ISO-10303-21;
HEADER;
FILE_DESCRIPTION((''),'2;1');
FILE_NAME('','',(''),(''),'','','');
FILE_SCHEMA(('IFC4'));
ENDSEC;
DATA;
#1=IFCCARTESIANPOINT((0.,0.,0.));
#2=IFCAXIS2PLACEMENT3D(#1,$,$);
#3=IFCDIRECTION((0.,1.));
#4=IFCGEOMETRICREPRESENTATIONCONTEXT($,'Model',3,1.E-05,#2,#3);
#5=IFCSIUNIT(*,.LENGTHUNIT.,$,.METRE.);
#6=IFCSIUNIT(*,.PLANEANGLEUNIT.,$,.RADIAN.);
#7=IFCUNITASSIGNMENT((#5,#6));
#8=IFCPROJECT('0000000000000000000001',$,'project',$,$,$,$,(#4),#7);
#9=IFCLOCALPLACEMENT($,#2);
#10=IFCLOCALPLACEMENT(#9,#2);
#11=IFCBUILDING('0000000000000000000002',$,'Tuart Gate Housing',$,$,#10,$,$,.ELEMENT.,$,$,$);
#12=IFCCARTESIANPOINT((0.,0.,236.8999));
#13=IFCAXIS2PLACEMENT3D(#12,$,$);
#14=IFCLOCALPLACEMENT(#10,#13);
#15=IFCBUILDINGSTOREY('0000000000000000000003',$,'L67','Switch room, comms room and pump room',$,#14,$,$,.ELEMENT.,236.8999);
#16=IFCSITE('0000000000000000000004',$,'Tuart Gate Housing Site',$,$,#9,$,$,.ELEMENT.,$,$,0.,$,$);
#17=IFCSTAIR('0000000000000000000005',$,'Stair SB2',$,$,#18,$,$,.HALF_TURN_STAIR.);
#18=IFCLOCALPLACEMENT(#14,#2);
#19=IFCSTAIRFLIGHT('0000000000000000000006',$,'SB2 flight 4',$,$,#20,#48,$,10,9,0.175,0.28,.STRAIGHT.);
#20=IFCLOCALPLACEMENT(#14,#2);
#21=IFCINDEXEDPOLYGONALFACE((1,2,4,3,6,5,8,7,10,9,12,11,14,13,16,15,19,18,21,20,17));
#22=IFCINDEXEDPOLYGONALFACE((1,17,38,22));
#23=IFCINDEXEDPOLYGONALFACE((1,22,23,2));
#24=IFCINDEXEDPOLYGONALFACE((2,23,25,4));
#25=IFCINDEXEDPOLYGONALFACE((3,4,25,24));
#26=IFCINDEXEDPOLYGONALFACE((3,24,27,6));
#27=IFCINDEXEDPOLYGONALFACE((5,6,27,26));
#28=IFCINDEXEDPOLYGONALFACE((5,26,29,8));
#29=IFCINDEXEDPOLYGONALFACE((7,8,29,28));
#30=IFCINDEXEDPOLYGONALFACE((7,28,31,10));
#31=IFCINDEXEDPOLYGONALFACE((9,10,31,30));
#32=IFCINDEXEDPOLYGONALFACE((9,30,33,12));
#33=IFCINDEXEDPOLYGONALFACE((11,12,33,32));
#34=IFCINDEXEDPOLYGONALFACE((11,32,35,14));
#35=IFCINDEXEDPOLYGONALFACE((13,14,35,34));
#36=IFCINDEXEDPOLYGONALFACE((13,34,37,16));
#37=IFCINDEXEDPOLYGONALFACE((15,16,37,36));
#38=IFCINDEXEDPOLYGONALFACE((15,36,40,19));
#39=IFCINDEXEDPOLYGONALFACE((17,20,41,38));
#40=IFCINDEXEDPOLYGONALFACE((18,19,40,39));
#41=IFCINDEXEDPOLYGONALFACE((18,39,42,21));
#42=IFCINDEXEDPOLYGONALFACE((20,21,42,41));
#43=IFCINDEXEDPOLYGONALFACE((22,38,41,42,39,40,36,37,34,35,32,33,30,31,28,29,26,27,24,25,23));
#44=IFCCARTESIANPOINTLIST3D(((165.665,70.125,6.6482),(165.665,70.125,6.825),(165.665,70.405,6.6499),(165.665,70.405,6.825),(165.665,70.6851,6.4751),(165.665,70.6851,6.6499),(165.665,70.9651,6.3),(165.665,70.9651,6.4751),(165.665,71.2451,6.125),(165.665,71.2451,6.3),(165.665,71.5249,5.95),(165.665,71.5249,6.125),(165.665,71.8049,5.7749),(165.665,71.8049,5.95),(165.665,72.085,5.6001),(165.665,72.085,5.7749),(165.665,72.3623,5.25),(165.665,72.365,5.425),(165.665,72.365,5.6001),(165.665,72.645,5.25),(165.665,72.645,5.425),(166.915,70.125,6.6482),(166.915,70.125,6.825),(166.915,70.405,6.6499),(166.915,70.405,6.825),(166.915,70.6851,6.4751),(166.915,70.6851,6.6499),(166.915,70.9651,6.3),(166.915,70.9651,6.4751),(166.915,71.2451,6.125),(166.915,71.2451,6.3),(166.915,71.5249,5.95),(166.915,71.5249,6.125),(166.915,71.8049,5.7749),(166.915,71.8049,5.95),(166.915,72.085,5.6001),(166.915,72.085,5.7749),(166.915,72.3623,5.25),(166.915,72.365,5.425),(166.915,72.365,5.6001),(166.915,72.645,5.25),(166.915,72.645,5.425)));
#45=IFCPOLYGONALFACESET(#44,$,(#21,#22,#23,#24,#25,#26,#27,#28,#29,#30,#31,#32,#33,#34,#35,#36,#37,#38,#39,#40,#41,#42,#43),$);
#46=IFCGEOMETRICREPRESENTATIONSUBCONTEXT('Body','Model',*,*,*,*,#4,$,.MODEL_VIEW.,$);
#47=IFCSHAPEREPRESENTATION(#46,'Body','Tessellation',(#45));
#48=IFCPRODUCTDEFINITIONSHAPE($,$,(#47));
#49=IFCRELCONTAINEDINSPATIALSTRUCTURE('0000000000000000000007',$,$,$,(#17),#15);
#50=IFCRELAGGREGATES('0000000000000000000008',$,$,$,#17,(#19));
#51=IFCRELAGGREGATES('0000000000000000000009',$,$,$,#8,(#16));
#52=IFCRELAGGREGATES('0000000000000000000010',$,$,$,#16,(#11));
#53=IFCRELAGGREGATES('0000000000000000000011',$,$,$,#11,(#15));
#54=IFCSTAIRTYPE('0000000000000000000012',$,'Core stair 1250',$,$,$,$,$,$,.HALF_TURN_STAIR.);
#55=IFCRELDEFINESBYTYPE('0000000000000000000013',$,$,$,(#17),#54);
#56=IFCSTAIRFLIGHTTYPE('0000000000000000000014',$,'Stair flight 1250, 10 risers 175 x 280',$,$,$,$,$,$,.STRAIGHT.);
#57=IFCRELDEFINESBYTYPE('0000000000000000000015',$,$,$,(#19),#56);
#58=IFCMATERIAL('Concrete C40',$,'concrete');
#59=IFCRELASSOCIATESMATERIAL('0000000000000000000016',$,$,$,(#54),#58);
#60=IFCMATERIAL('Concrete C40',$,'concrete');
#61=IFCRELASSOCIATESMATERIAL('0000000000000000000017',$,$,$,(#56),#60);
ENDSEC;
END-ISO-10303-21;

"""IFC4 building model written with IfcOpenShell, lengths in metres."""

from ifc_helpers import new_model, si_unit, direction, frame, origin, place, context, subcontext, project, spatial, polyline, outline, extrude, material, type_object, element, aggregate, save


model = new_model("IFC4")

# Units and contexts
model_context = context("Model", 3, precision=1e-05, world=origin(), true_north=direction((0.0, 1.0)))
body_context = subcontext(model_context, "Body", "Model", "MODEL_VIEW")
ifc_project = project(units=[si_unit("LENGTHUNIT", "METRE"), si_unit("PLANEANGLEUNIT", "RADIAN")], contexts=[model_context])

# Site, building, storey
site_placement = place(None, origin())
site = spatial("IfcSite", under=ifc_project, at=site_placement, Name="Tuart Gate Housing Site", CompositionType="ELEMENT", RefElevation=0.0)
building_placement = place(site_placement, origin())
building = spatial("IfcBuilding", under=site, at=building_placement, Name="Tuart Gate Housing", CompositionType="ELEMENT")
storey_placement = place(building_placement, frame((0.0, 0.0, 236.8999)))
storey = spatial("IfcBuildingStorey", under=building, at=storey_placement, Name="L67", Description="Switch room, comms room and pump room", CompositionType="ELEMENT", Elevation=236.8999)

# Stair, stair flight
ifc_material_1 = material(Name="Concrete C40", Category="concrete")
stair_type = type_object("IfcStairType", Name="Core stair 1250", PredefinedType="HALF_TURN_STAIR", material=ifc_material_1)
stair_placement = place(storey_placement, origin())
stair = element("IfcStair", 1, at=stair_placement, inside=storey, type_object=stair_type, Name="Stair SB2", PredefinedType="HALF_TURN_STAIR")
ifc_material_2 = material(Name="Concrete C40", Category="concrete")
stair_flight_type = type_object("IfcStairFlightType", Name="Stair flight 1250, 10 risers 175 x 280", PredefinedType="STRAIGHT", material=ifc_material_2)
stair_flight_1_placement = place(storey_placement, frame((166.29, 72.645, 5.25), z_axis=(0.0, 0.0, 1.0), x_axis=(0.0, -1.0, 0.0)))
stair_flight_1 = element("IfcStairFlight", 2, at=stair_flight_1_placement, type_object=stair_flight_type, Name="SB2 flight 4", NumberOfRisers=10, NumberOfTreads=9, PredefinedType="STRAIGHT", RiserHeight=0.175, TreadLength=0.28, context=body_context, shape_type="SweptSolid", body=[
    extrude(outline(polyline([(0.0, 0.0), (0.0, 0.175), (0.28, 0.175), (0.28, 0.3501), (0.5601, 0.3501), (0.5601, 0.5249), (0.8401, 0.5249), (0.8401, 0.7), (1.1201, 0.7), (1.1201, 0.875), (1.3999, 0.875), (1.3999, 1.05), (1.6799, 1.05), (1.6799, 1.2251), (1.96, 1.2251), (1.96, 1.3999), (2.24, 1.3999), (2.24, 1.575), (2.52, 1.575), (2.52, 1.75), (2.52, 1.3982), (0.2827, 0.0), (0.0, 0.0)])), frame((0.0, 0.625, 0.0), z_axis=(0.0, -1.0, 0.0), x_axis=(1.0, 0.0, 0.0)), (0.0, 0.0, 1.0), 1.25),
])
aggregate(stair, [stair_flight_1])

save(model, "model.ifc")
